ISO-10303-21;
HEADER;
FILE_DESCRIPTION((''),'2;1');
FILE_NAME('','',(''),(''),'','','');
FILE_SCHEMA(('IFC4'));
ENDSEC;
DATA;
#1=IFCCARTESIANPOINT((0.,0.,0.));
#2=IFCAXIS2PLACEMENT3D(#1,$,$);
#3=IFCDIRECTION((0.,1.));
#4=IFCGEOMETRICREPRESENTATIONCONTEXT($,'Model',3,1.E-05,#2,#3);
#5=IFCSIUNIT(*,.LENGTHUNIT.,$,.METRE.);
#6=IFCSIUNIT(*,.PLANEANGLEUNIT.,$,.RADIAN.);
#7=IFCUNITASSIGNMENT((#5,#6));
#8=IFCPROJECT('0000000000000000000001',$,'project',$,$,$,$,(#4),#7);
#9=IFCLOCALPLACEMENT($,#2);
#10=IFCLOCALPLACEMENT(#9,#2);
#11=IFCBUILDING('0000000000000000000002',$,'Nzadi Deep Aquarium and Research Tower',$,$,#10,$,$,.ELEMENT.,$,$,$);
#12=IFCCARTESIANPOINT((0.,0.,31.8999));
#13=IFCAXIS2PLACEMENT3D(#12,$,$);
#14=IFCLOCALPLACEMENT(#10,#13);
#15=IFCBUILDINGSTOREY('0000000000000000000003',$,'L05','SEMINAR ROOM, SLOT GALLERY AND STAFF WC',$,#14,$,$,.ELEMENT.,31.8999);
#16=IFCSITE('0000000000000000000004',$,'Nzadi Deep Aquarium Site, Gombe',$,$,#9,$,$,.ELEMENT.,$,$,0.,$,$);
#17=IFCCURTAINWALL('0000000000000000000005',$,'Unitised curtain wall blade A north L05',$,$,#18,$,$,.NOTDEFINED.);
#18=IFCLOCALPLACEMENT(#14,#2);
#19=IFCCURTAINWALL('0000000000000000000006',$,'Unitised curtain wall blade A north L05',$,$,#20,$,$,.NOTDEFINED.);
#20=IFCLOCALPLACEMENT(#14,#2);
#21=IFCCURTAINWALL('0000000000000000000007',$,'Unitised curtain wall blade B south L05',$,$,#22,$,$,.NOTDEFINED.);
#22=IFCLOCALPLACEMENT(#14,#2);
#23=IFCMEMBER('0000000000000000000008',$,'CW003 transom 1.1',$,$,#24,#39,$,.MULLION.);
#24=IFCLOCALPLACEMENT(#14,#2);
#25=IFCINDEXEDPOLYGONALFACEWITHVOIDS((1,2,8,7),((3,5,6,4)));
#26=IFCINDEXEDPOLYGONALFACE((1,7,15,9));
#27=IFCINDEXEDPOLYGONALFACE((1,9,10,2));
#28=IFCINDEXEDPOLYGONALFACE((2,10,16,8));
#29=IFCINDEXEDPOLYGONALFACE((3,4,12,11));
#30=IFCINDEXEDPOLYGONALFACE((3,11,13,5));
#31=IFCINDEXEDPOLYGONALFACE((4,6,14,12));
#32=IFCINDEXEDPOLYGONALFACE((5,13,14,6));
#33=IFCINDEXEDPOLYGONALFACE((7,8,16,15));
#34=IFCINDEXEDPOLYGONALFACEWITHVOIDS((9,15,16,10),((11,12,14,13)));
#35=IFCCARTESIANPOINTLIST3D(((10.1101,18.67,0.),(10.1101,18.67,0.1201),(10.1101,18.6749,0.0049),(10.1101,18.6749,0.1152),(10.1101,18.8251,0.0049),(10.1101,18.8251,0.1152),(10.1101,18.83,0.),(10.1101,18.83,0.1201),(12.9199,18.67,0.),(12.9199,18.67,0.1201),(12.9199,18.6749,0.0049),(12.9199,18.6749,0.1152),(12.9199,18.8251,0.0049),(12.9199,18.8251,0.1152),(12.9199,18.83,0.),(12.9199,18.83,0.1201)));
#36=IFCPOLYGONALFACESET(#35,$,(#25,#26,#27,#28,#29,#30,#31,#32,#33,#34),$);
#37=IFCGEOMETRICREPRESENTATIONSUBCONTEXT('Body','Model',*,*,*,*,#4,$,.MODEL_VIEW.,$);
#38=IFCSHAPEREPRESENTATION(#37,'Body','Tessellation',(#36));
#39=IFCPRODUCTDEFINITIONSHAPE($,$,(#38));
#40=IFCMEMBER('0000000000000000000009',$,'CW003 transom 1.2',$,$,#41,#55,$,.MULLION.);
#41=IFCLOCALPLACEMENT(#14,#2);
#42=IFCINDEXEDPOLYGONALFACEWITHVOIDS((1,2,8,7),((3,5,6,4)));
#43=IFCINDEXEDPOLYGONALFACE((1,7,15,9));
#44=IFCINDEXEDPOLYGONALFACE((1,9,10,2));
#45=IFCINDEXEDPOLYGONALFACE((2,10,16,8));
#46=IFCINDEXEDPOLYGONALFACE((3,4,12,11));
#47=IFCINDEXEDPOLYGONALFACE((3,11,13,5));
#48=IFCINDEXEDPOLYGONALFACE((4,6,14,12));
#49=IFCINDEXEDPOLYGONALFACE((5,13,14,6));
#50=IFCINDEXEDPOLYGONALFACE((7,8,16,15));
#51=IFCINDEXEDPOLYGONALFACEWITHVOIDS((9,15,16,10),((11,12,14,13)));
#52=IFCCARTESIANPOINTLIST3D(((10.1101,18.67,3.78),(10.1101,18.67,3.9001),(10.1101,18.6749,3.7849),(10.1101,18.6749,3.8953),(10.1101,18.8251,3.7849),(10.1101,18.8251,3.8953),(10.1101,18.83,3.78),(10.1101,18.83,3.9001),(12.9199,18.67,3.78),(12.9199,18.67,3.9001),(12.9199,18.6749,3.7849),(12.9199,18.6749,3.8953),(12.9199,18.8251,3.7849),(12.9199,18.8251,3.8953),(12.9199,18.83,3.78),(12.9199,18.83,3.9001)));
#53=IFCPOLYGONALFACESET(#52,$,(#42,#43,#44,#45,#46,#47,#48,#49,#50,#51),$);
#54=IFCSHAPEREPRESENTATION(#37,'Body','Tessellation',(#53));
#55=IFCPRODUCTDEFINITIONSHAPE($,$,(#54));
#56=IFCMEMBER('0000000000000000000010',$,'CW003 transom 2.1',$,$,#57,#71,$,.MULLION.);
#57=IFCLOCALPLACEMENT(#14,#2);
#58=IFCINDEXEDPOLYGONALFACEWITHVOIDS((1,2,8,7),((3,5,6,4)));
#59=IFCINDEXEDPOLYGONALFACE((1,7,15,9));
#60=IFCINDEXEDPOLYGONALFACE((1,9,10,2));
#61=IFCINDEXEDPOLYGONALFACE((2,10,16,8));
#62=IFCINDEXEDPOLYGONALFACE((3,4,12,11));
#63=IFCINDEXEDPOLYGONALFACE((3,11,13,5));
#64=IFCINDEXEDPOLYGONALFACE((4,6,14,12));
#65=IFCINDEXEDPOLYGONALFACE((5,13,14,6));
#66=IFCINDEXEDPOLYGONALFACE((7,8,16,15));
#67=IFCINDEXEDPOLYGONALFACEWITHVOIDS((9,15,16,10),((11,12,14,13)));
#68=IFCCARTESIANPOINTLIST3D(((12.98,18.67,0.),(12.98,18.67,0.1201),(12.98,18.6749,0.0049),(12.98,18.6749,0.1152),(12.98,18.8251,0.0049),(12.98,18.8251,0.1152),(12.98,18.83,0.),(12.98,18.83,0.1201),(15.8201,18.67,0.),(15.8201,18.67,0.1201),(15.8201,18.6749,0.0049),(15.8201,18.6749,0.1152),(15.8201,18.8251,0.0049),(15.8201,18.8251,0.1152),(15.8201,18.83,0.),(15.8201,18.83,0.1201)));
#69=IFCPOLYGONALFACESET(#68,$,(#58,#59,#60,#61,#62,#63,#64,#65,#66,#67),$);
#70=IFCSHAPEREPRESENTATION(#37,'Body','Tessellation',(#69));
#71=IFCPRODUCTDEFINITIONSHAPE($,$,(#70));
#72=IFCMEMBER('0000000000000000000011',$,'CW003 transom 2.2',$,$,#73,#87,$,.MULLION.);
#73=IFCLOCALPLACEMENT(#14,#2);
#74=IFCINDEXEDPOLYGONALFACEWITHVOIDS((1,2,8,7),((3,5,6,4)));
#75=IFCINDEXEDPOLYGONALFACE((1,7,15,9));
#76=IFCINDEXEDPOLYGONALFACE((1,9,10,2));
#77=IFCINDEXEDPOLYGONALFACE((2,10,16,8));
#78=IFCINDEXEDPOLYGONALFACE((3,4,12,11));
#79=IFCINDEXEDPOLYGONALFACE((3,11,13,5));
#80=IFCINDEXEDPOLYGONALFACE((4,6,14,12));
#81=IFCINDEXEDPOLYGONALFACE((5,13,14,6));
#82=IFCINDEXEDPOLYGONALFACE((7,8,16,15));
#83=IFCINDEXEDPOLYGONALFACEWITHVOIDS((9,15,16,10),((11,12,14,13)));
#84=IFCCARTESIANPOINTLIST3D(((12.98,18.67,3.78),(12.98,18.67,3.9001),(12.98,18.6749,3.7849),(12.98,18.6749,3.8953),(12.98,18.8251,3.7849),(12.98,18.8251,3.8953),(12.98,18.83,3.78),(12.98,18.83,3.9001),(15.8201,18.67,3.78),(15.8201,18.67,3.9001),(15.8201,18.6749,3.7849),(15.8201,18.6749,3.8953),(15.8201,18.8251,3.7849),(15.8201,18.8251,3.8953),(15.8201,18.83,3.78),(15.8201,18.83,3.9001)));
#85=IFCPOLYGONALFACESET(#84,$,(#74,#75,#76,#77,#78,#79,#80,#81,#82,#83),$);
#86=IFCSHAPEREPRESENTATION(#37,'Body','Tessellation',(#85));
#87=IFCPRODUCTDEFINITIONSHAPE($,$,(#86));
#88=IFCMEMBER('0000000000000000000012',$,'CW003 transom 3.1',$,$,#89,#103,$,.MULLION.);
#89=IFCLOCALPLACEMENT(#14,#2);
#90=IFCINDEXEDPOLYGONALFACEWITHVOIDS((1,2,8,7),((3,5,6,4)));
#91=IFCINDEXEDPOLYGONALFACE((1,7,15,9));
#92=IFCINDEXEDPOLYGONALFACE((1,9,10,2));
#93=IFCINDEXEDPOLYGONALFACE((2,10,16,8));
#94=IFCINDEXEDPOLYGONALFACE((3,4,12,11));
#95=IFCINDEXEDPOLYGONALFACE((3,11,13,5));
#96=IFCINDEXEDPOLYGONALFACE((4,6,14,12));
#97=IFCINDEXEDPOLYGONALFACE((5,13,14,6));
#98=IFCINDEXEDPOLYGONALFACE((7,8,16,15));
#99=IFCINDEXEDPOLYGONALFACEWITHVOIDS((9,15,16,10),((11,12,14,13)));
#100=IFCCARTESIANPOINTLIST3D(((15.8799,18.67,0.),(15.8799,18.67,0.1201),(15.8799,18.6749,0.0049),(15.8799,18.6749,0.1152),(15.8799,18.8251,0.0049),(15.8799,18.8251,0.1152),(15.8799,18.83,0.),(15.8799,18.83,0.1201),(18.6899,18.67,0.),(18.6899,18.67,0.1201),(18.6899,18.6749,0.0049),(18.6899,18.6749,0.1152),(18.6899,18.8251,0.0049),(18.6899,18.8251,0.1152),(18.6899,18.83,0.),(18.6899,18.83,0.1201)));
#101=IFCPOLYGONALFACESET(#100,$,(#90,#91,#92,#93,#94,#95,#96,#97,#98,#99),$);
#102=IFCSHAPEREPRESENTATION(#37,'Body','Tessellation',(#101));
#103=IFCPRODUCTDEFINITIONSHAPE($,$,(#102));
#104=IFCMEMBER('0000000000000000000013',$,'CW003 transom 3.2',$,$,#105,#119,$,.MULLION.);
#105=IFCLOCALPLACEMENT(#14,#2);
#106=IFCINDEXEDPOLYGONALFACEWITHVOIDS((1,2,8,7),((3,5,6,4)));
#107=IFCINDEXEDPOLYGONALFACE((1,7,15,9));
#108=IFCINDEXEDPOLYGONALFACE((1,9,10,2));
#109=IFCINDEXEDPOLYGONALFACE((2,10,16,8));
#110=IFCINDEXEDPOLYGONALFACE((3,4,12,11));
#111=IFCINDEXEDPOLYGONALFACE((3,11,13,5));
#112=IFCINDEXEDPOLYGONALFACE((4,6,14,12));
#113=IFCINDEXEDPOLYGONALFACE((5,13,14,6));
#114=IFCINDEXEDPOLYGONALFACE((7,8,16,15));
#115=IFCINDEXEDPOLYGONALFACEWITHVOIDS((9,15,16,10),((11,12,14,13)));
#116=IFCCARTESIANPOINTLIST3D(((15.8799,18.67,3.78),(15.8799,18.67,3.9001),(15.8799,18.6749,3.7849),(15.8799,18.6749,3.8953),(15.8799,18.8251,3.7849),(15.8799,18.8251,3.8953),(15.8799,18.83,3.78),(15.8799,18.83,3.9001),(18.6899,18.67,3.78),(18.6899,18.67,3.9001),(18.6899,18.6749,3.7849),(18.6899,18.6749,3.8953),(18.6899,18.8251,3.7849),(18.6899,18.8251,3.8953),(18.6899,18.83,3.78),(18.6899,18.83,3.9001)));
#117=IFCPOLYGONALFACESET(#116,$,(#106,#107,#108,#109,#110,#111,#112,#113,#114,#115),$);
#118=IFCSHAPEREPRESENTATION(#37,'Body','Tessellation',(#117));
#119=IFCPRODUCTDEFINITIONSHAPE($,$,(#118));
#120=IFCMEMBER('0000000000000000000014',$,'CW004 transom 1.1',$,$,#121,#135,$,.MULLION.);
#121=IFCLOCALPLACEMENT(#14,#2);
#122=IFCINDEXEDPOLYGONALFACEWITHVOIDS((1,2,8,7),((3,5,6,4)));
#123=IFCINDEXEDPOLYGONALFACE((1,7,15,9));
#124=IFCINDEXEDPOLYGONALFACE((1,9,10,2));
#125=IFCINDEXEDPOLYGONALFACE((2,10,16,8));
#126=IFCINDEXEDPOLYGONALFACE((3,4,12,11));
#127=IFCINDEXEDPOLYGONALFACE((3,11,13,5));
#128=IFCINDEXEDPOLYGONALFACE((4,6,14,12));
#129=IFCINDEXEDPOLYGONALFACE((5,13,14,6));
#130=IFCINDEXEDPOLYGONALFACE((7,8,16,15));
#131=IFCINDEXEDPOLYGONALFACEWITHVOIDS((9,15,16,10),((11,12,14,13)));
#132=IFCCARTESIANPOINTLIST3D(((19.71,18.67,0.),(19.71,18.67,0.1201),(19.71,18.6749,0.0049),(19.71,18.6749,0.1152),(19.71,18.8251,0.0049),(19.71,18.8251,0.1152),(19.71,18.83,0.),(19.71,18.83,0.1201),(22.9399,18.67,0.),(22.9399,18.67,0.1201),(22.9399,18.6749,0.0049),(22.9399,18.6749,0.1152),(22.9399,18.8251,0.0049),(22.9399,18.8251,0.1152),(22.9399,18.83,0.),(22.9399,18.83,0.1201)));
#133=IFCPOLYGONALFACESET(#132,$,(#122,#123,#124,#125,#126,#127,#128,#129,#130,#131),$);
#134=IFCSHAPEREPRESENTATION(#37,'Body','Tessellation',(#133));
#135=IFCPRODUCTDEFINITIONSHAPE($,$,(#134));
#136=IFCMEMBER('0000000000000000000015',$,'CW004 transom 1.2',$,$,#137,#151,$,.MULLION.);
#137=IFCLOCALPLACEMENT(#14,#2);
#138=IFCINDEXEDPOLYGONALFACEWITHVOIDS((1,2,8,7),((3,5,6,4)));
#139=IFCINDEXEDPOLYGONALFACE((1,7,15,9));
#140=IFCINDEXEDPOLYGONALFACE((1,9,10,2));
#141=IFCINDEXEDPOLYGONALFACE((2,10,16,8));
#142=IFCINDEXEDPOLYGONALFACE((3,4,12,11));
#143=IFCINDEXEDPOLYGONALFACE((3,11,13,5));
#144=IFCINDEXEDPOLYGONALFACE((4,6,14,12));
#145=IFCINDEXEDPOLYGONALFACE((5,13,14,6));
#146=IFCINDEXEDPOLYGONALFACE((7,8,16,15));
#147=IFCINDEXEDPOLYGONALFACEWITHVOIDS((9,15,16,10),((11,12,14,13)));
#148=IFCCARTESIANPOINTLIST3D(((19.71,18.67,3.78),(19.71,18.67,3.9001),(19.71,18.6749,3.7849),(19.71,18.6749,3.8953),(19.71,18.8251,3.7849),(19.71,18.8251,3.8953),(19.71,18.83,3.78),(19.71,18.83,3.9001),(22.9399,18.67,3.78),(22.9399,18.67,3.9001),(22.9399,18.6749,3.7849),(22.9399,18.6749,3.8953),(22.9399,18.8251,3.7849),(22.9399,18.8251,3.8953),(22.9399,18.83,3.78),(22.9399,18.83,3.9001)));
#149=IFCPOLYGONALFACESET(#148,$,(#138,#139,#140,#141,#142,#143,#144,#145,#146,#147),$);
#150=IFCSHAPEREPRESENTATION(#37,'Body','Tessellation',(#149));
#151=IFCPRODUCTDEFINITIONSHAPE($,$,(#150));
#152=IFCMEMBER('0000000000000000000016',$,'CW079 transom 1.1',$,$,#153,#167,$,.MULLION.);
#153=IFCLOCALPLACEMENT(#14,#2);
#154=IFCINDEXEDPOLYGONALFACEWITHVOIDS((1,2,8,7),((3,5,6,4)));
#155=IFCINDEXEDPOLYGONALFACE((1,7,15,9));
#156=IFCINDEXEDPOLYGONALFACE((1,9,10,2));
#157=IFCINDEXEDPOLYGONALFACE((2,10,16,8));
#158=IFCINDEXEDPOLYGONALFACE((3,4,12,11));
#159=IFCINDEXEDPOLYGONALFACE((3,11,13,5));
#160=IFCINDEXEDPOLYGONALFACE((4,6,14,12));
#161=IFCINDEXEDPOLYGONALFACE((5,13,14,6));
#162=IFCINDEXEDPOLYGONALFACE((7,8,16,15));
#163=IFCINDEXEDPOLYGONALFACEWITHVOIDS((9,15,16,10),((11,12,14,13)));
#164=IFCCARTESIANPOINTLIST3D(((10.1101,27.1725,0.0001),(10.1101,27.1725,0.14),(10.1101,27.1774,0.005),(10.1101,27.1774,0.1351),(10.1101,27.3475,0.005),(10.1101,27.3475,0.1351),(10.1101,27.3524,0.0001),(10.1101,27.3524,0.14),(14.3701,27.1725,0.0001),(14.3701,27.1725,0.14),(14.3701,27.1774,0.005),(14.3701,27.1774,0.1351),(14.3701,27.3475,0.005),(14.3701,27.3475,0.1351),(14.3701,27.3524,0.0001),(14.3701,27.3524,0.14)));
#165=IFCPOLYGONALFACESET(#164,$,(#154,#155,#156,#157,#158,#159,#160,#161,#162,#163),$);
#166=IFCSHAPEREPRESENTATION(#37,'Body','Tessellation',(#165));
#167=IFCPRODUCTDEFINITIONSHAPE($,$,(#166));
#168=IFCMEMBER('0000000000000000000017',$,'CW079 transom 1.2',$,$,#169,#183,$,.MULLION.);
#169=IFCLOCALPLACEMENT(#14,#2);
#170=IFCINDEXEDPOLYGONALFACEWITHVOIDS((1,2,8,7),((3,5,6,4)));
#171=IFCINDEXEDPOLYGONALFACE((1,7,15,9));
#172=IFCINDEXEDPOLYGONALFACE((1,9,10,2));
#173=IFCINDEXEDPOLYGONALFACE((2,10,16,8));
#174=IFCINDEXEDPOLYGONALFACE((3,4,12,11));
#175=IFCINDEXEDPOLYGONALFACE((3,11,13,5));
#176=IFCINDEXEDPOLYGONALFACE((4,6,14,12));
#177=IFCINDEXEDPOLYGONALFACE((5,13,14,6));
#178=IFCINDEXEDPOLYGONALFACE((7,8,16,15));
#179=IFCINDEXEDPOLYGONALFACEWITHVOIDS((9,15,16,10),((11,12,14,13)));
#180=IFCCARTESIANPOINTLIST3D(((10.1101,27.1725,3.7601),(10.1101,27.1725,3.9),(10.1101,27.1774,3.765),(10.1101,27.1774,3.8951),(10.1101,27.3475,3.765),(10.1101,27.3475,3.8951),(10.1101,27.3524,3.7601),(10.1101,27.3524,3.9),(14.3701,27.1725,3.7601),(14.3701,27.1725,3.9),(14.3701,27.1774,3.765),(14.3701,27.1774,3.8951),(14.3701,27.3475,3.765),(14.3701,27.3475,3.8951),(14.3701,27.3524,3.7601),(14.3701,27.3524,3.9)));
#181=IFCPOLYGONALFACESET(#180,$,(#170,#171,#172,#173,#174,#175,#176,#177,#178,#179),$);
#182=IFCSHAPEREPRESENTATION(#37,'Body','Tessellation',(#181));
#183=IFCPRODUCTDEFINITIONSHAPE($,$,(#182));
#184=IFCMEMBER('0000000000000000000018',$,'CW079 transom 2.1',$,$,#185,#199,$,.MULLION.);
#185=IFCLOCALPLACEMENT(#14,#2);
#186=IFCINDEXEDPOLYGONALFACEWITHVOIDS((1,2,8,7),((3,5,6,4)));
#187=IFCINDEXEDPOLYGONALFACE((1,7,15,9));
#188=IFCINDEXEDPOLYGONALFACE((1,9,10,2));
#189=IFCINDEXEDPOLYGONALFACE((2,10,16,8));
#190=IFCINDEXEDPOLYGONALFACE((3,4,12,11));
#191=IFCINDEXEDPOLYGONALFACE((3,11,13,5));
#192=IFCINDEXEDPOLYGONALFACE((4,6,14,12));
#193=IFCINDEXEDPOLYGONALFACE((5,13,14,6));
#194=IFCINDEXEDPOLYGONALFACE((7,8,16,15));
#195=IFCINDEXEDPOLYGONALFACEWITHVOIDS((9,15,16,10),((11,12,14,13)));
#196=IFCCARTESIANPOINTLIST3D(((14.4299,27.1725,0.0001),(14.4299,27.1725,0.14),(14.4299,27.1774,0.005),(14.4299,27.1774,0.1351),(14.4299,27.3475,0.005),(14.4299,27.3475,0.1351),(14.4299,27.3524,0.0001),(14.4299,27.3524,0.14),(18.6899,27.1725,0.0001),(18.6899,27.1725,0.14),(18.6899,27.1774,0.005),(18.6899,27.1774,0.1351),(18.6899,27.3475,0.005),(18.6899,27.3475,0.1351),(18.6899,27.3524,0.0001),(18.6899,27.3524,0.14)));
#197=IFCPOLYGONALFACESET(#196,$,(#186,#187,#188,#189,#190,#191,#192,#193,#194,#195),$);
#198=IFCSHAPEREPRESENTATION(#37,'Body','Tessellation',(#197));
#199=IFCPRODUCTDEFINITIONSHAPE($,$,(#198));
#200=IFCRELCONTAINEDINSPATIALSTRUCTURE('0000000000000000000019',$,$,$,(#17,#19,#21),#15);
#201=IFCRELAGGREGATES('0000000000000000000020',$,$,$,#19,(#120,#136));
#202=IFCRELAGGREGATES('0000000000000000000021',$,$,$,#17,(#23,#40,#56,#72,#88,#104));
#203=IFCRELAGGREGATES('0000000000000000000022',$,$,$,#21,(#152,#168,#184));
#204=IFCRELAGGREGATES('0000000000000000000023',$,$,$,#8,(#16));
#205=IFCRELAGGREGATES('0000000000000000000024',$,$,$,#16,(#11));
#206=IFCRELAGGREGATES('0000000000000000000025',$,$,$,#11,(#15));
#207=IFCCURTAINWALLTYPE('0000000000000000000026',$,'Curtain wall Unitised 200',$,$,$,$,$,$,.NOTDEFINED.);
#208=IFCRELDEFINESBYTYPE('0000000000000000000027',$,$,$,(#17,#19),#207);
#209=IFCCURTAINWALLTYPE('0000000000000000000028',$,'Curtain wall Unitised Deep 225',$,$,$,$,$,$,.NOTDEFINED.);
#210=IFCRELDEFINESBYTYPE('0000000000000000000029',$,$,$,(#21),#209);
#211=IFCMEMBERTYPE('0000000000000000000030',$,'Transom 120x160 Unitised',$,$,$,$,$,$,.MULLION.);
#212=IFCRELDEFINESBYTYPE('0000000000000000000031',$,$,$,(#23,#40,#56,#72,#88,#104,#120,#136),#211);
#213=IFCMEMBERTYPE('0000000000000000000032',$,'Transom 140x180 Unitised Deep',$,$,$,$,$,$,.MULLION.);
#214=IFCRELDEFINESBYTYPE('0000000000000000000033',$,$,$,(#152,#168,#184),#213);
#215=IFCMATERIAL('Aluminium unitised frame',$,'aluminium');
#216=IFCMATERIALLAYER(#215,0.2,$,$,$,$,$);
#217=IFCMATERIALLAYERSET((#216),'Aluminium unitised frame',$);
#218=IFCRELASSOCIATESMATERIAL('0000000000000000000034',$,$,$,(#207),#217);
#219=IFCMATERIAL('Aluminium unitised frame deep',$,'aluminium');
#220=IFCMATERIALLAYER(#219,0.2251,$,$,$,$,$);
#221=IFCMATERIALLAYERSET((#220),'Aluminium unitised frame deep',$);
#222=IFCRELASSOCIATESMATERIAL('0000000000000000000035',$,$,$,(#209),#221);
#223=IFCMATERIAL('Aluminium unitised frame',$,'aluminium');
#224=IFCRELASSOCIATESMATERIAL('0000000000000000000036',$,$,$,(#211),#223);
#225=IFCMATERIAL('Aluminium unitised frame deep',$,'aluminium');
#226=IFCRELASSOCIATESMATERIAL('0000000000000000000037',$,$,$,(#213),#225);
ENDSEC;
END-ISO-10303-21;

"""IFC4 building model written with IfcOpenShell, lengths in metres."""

from ifc_helpers import new_model, si_unit, direction, frame, origin, origin_2d, place, context, subcontext, project, spatial, hollow_rectangle, extrude, material, layer, layer_set, material_profile, profile_set, type_object, element, aggregate, save


model = new_model("IFC4")

# Units and contexts
model_context = context("Model", 3, precision=1e-05, world=origin(), true_north=direction((0.0, 1.0)))
body_context = subcontext(model_context, "Body", "Model", "MODEL_VIEW")
ifc_project = project(units=[si_unit("LENGTHUNIT", "METRE"), si_unit("PLANEANGLEUNIT", "RADIAN")], contexts=[model_context])

# Site, building, storey
site_placement = place(None, origin())
site = spatial("IfcSite", under=ifc_project, at=site_placement, Name="Nzadi Deep Aquarium Site, Gombe", CompositionType="ELEMENT", RefElevation=0.0)
building_placement = place(site_placement, origin())
building = spatial("IfcBuilding", under=site, at=building_placement, Name="Nzadi Deep Aquarium and Research Tower", CompositionType="ELEMENT")
storey_placement = place(building_placement, frame((0.0, 0.0, 31.8999)))
storey = spatial("IfcBuildingStorey", under=building, at=storey_placement, Name="L05", Description="SEMINAR ROOM, SLOT GALLERY AND STAFF WC", CompositionType="ELEMENT", Elevation=31.8999)

# Curtain wall
ifc_material_1 = material(Name="Aluminium unitised frame", Category="aluminium")
ifc_layer_1 = layer(ifc_material_1, 0.2)
ifc_layer_set_1 = layer_set([ifc_layer_1], Name="Aluminium unitised frame")
curtain_wall_type_1 = type_object("IfcCurtainWallType", Name="Curtain wall Unitised 200", PredefinedType="NOTDEFINED", material=ifc_layer_set_1)
curtain_wall_1_placement = place(storey_placement, origin())
curtain_wall_1 = element("IfcCurtainWall", 1, at=curtain_wall_1_placement, inside=storey, type_object=curtain_wall_type_1, Name="Unitised curtain wall blade A north L05", PredefinedType="NOTDEFINED")

# Curtain wall
curtain_wall_2_placement = place(storey_placement, origin())
curtain_wall_2 = element("IfcCurtainWall", 2, at=curtain_wall_2_placement, inside=storey, type_object=curtain_wall_type_1, Name="Unitised curtain wall blade A north L05", PredefinedType="NOTDEFINED")

# Curtain wall
ifc_material_2 = material(Name="Aluminium unitised frame deep", Category="aluminium")
ifc_layer_2 = layer(ifc_material_2, 0.2251)
ifc_layer_set_2 = layer_set([ifc_layer_2], Name="Aluminium unitised frame deep")
curtain_wall_type_2 = type_object("IfcCurtainWallType", Name="Curtain wall Unitised Deep 225", PredefinedType="NOTDEFINED", material=ifc_layer_set_2)
curtain_wall_3_placement = place(storey_placement, origin())
curtain_wall_3 = element("IfcCurtainWall", 3, at=curtain_wall_3_placement, inside=storey, type_object=curtain_wall_type_2, Name="Unitised curtain wall blade B south L05", PredefinedType="NOTDEFINED")

# Members
ifc_material_3 = material(Name="Aluminium unitised frame", Category="aluminium")
ifc_material_profile_1 = material_profile(ifc_material_3, hollow_rectangle(XDim=0.1599, YDim=0.1201, WallThickness=0.0049, at=origin_2d()))
ifc_profile_set_1 = profile_set([ifc_material_profile_1], Name="Aluminium unitised frame")
member_type_1 = type_object("IfcMemberType", Name="Transom 120x160 Unitised", PredefinedType="MULLION", material=ifc_profile_set_1)
member_1_placement = place(storey_placement, frame((10.1101, 18.75, 0.0601), z_axis=(1.0, 0.0, 0.0), x_axis=(0.0, 1.0, 0.0)))
member_1 = element("IfcMember", 4, at=member_1_placement, type_object=member_type_1, Name="CW003 transom 1.1", PredefinedType="MULLION", context=body_context, shape_type="SweptSolid", body=[
    extrude(hollow_rectangle(XDim=0.1599, YDim=0.1201, WallThickness=0.0049, at=origin_2d()), origin(), (0.0, 0.0, 1.0), 2.8098),
])
member_2_placement = place(storey_placement, frame((10.1101, 18.75, 3.8401), z_axis=(1.0, 0.0, 0.0), x_axis=(0.0, 1.0, 0.0)))
member_2 = element("IfcMember", 5, at=member_2_placement, type_object=member_type_1, Name="CW003 transom 1.2", PredefinedType="MULLION", context=body_context, shape_type="SweptSolid", body=[
    extrude(hollow_rectangle(XDim=0.1599, YDim=0.1201, WallThickness=0.0049, at=origin_2d()), origin(), (0.0, 0.0, 1.0), 2.8098),
])
member_3_placement = place(storey_placement, frame((12.98, 18.75, 0.0601), z_axis=(1.0, 0.0, 0.0), x_axis=(0.0, 1.0, 0.0)))
member_3 = element("IfcMember", 6, at=member_3_placement, type_object=member_type_1, Name="CW003 transom 2.1", PredefinedType="MULLION", context=body_context, shape_type="SweptSolid", body=[
    extrude(hollow_rectangle(XDim=0.1599, YDim=0.1201, WallThickness=0.0049, at=origin_2d()), origin(), (0.0, 0.0, 1.0), 2.8401),
])
member_4_placement = place(storey_placement, frame((12.98, 18.75, 3.8401), z_axis=(1.0, 0.0, 0.0), x_axis=(0.0, 1.0, 0.0)))
member_4 = element("IfcMember", 7, at=member_4_placement, type_object=member_type_1, Name="CW003 transom 2.2", PredefinedType="MULLION", context=body_context, shape_type="SweptSolid", body=[
    extrude(hollow_rectangle(XDim=0.1599, YDim=0.1201, WallThickness=0.0049, at=origin_2d()), origin(), (0.0, 0.0, 1.0), 2.8401),
])
member_5_placement = place(storey_placement, frame((15.8799, 18.75, 0.0601), z_axis=(1.0, 0.0, 0.0), x_axis=(0.0, 1.0, 0.0)))
member_5 = element("IfcMember", 8, at=member_5_placement, type_object=member_type_1, Name="CW003 transom 3.1", PredefinedType="MULLION", context=body_context, shape_type="SweptSolid", body=[
    extrude(hollow_rectangle(XDim=0.1599, YDim=0.1201, WallThickness=0.0049, at=origin_2d()), origin(), (0.0, 0.0, 1.0), 2.8101),
])
member_6_placement = place(storey_placement, frame((15.8799, 18.75, 3.8401), z_axis=(1.0, 0.0, 0.0), x_axis=(0.0, 1.0, 0.0)))
member_6 = element("IfcMember", 9, at=member_6_placement, type_object=member_type_1, Name="CW003 transom 3.2", PredefinedType="MULLION", context=body_context, shape_type="SweptSolid", body=[
    extrude(hollow_rectangle(XDim=0.1599, YDim=0.1201, WallThickness=0.0049, at=origin_2d()), origin(), (0.0, 0.0, 1.0), 2.8101),
])
member_7_placement = place(storey_placement, frame((19.71, 18.75, 0.0601), z_axis=(1.0, 0.0, 0.0), x_axis=(0.0, 1.0, 0.0)))
member_7 = element("IfcMember", 10, at=member_7_placement, type_object=member_type_1, Name="CW004 transom 1.1", PredefinedType="MULLION", context=body_context, shape_type="SweptSolid", body=[
    extrude(hollow_rectangle(XDim=0.1599, YDim=0.1201, WallThickness=0.0049, at=origin_2d()), origin(), (0.0, 0.0, 1.0), 3.23),
])
member_8_placement = place(storey_placement, frame((19.71, 18.75, 3.8401), z_axis=(1.0, 0.0, 0.0), x_axis=(0.0, 1.0, 0.0)))
member_8 = element("IfcMember", 11, at=member_8_placement, type_object=member_type_1, Name="CW004 transom 1.2", PredefinedType="MULLION", context=body_context, shape_type="SweptSolid", body=[
    extrude(hollow_rectangle(XDim=0.1599, YDim=0.1201, WallThickness=0.0049, at=origin_2d()), origin(), (0.0, 0.0, 1.0), 3.23),
])
aggregate(curtain_wall_2, [member_7, member_8])
ifc_material_4 = material(Name="Aluminium unitised frame deep", Category="aluminium")
ifc_material_profile_2 = material_profile(ifc_material_4, hollow_rectangle(XDim=0.1799, YDim=0.1399, WallThickness=0.0049, at=origin_2d()))
ifc_profile_set_2 = profile_set([ifc_material_profile_2], Name="Aluminium unitised frame deep")
member_type_2 = type_object("IfcMemberType", Name="Transom 140x180 Unitised Deep", PredefinedType="MULLION", material=ifc_profile_set_2)
member_9_placement = place(storey_placement, frame((10.1101, 27.2625, 0.0701), z_axis=(1.0, 0.0, 0.0), x_axis=(0.0, 1.0, 0.0)))
member_9 = element("IfcMember", 12, at=member_9_placement, type_object=member_type_2, Name="CW079 transom 1.1", PredefinedType="MULLION", context=body_context, shape_type="SweptSolid", body=[
    extrude(hollow_rectangle(XDim=0.1799, YDim=0.1399, WallThickness=0.0049, at=origin_2d()), origin(), (0.0, 0.0, 1.0), 4.26),
])
member_10_placement = place(storey_placement, frame((10.1101, 27.2625, 3.8301), z_axis=(1.0, 0.0, 0.0), x_axis=(0.0, 1.0, 0.0)))
member_10 = element("IfcMember", 13, at=member_10_placement, type_object=member_type_2, Name="CW079 transom 1.2", PredefinedType="MULLION", context=body_context, shape_type="SweptSolid", body=[
    extrude(hollow_rectangle(XDim=0.1799, YDim=0.1399, WallThickness=0.0049, at=origin_2d()), origin(), (0.0, 0.0, 1.0), 4.26),
])
member_11_placement = place(storey_placement, frame((14.4299, 27.2625, 0.0701), z_axis=(1.0, 0.0, 0.0), x_axis=(0.0, 1.0, 0.0)))
member_11 = element("IfcMember", 14, at=member_11_placement, type_object=member_type_2, Name="CW079 transom 2.1", PredefinedType="MULLION", context=body_context, shape_type="SweptSolid", body=[
    extrude(hollow_rectangle(XDim=0.1799, YDim=0.1399, WallThickness=0.0049, at=origin_2d()), origin(), (0.0, 0.0, 1.0), 4.26),
])

aggregate(curtain_wall_1, [member_1, member_2, member_3, member_4, member_5, member_6])
aggregate(curtain_wall_3, [member_9, member_10, member_11])

save(model, "model.ifc")
